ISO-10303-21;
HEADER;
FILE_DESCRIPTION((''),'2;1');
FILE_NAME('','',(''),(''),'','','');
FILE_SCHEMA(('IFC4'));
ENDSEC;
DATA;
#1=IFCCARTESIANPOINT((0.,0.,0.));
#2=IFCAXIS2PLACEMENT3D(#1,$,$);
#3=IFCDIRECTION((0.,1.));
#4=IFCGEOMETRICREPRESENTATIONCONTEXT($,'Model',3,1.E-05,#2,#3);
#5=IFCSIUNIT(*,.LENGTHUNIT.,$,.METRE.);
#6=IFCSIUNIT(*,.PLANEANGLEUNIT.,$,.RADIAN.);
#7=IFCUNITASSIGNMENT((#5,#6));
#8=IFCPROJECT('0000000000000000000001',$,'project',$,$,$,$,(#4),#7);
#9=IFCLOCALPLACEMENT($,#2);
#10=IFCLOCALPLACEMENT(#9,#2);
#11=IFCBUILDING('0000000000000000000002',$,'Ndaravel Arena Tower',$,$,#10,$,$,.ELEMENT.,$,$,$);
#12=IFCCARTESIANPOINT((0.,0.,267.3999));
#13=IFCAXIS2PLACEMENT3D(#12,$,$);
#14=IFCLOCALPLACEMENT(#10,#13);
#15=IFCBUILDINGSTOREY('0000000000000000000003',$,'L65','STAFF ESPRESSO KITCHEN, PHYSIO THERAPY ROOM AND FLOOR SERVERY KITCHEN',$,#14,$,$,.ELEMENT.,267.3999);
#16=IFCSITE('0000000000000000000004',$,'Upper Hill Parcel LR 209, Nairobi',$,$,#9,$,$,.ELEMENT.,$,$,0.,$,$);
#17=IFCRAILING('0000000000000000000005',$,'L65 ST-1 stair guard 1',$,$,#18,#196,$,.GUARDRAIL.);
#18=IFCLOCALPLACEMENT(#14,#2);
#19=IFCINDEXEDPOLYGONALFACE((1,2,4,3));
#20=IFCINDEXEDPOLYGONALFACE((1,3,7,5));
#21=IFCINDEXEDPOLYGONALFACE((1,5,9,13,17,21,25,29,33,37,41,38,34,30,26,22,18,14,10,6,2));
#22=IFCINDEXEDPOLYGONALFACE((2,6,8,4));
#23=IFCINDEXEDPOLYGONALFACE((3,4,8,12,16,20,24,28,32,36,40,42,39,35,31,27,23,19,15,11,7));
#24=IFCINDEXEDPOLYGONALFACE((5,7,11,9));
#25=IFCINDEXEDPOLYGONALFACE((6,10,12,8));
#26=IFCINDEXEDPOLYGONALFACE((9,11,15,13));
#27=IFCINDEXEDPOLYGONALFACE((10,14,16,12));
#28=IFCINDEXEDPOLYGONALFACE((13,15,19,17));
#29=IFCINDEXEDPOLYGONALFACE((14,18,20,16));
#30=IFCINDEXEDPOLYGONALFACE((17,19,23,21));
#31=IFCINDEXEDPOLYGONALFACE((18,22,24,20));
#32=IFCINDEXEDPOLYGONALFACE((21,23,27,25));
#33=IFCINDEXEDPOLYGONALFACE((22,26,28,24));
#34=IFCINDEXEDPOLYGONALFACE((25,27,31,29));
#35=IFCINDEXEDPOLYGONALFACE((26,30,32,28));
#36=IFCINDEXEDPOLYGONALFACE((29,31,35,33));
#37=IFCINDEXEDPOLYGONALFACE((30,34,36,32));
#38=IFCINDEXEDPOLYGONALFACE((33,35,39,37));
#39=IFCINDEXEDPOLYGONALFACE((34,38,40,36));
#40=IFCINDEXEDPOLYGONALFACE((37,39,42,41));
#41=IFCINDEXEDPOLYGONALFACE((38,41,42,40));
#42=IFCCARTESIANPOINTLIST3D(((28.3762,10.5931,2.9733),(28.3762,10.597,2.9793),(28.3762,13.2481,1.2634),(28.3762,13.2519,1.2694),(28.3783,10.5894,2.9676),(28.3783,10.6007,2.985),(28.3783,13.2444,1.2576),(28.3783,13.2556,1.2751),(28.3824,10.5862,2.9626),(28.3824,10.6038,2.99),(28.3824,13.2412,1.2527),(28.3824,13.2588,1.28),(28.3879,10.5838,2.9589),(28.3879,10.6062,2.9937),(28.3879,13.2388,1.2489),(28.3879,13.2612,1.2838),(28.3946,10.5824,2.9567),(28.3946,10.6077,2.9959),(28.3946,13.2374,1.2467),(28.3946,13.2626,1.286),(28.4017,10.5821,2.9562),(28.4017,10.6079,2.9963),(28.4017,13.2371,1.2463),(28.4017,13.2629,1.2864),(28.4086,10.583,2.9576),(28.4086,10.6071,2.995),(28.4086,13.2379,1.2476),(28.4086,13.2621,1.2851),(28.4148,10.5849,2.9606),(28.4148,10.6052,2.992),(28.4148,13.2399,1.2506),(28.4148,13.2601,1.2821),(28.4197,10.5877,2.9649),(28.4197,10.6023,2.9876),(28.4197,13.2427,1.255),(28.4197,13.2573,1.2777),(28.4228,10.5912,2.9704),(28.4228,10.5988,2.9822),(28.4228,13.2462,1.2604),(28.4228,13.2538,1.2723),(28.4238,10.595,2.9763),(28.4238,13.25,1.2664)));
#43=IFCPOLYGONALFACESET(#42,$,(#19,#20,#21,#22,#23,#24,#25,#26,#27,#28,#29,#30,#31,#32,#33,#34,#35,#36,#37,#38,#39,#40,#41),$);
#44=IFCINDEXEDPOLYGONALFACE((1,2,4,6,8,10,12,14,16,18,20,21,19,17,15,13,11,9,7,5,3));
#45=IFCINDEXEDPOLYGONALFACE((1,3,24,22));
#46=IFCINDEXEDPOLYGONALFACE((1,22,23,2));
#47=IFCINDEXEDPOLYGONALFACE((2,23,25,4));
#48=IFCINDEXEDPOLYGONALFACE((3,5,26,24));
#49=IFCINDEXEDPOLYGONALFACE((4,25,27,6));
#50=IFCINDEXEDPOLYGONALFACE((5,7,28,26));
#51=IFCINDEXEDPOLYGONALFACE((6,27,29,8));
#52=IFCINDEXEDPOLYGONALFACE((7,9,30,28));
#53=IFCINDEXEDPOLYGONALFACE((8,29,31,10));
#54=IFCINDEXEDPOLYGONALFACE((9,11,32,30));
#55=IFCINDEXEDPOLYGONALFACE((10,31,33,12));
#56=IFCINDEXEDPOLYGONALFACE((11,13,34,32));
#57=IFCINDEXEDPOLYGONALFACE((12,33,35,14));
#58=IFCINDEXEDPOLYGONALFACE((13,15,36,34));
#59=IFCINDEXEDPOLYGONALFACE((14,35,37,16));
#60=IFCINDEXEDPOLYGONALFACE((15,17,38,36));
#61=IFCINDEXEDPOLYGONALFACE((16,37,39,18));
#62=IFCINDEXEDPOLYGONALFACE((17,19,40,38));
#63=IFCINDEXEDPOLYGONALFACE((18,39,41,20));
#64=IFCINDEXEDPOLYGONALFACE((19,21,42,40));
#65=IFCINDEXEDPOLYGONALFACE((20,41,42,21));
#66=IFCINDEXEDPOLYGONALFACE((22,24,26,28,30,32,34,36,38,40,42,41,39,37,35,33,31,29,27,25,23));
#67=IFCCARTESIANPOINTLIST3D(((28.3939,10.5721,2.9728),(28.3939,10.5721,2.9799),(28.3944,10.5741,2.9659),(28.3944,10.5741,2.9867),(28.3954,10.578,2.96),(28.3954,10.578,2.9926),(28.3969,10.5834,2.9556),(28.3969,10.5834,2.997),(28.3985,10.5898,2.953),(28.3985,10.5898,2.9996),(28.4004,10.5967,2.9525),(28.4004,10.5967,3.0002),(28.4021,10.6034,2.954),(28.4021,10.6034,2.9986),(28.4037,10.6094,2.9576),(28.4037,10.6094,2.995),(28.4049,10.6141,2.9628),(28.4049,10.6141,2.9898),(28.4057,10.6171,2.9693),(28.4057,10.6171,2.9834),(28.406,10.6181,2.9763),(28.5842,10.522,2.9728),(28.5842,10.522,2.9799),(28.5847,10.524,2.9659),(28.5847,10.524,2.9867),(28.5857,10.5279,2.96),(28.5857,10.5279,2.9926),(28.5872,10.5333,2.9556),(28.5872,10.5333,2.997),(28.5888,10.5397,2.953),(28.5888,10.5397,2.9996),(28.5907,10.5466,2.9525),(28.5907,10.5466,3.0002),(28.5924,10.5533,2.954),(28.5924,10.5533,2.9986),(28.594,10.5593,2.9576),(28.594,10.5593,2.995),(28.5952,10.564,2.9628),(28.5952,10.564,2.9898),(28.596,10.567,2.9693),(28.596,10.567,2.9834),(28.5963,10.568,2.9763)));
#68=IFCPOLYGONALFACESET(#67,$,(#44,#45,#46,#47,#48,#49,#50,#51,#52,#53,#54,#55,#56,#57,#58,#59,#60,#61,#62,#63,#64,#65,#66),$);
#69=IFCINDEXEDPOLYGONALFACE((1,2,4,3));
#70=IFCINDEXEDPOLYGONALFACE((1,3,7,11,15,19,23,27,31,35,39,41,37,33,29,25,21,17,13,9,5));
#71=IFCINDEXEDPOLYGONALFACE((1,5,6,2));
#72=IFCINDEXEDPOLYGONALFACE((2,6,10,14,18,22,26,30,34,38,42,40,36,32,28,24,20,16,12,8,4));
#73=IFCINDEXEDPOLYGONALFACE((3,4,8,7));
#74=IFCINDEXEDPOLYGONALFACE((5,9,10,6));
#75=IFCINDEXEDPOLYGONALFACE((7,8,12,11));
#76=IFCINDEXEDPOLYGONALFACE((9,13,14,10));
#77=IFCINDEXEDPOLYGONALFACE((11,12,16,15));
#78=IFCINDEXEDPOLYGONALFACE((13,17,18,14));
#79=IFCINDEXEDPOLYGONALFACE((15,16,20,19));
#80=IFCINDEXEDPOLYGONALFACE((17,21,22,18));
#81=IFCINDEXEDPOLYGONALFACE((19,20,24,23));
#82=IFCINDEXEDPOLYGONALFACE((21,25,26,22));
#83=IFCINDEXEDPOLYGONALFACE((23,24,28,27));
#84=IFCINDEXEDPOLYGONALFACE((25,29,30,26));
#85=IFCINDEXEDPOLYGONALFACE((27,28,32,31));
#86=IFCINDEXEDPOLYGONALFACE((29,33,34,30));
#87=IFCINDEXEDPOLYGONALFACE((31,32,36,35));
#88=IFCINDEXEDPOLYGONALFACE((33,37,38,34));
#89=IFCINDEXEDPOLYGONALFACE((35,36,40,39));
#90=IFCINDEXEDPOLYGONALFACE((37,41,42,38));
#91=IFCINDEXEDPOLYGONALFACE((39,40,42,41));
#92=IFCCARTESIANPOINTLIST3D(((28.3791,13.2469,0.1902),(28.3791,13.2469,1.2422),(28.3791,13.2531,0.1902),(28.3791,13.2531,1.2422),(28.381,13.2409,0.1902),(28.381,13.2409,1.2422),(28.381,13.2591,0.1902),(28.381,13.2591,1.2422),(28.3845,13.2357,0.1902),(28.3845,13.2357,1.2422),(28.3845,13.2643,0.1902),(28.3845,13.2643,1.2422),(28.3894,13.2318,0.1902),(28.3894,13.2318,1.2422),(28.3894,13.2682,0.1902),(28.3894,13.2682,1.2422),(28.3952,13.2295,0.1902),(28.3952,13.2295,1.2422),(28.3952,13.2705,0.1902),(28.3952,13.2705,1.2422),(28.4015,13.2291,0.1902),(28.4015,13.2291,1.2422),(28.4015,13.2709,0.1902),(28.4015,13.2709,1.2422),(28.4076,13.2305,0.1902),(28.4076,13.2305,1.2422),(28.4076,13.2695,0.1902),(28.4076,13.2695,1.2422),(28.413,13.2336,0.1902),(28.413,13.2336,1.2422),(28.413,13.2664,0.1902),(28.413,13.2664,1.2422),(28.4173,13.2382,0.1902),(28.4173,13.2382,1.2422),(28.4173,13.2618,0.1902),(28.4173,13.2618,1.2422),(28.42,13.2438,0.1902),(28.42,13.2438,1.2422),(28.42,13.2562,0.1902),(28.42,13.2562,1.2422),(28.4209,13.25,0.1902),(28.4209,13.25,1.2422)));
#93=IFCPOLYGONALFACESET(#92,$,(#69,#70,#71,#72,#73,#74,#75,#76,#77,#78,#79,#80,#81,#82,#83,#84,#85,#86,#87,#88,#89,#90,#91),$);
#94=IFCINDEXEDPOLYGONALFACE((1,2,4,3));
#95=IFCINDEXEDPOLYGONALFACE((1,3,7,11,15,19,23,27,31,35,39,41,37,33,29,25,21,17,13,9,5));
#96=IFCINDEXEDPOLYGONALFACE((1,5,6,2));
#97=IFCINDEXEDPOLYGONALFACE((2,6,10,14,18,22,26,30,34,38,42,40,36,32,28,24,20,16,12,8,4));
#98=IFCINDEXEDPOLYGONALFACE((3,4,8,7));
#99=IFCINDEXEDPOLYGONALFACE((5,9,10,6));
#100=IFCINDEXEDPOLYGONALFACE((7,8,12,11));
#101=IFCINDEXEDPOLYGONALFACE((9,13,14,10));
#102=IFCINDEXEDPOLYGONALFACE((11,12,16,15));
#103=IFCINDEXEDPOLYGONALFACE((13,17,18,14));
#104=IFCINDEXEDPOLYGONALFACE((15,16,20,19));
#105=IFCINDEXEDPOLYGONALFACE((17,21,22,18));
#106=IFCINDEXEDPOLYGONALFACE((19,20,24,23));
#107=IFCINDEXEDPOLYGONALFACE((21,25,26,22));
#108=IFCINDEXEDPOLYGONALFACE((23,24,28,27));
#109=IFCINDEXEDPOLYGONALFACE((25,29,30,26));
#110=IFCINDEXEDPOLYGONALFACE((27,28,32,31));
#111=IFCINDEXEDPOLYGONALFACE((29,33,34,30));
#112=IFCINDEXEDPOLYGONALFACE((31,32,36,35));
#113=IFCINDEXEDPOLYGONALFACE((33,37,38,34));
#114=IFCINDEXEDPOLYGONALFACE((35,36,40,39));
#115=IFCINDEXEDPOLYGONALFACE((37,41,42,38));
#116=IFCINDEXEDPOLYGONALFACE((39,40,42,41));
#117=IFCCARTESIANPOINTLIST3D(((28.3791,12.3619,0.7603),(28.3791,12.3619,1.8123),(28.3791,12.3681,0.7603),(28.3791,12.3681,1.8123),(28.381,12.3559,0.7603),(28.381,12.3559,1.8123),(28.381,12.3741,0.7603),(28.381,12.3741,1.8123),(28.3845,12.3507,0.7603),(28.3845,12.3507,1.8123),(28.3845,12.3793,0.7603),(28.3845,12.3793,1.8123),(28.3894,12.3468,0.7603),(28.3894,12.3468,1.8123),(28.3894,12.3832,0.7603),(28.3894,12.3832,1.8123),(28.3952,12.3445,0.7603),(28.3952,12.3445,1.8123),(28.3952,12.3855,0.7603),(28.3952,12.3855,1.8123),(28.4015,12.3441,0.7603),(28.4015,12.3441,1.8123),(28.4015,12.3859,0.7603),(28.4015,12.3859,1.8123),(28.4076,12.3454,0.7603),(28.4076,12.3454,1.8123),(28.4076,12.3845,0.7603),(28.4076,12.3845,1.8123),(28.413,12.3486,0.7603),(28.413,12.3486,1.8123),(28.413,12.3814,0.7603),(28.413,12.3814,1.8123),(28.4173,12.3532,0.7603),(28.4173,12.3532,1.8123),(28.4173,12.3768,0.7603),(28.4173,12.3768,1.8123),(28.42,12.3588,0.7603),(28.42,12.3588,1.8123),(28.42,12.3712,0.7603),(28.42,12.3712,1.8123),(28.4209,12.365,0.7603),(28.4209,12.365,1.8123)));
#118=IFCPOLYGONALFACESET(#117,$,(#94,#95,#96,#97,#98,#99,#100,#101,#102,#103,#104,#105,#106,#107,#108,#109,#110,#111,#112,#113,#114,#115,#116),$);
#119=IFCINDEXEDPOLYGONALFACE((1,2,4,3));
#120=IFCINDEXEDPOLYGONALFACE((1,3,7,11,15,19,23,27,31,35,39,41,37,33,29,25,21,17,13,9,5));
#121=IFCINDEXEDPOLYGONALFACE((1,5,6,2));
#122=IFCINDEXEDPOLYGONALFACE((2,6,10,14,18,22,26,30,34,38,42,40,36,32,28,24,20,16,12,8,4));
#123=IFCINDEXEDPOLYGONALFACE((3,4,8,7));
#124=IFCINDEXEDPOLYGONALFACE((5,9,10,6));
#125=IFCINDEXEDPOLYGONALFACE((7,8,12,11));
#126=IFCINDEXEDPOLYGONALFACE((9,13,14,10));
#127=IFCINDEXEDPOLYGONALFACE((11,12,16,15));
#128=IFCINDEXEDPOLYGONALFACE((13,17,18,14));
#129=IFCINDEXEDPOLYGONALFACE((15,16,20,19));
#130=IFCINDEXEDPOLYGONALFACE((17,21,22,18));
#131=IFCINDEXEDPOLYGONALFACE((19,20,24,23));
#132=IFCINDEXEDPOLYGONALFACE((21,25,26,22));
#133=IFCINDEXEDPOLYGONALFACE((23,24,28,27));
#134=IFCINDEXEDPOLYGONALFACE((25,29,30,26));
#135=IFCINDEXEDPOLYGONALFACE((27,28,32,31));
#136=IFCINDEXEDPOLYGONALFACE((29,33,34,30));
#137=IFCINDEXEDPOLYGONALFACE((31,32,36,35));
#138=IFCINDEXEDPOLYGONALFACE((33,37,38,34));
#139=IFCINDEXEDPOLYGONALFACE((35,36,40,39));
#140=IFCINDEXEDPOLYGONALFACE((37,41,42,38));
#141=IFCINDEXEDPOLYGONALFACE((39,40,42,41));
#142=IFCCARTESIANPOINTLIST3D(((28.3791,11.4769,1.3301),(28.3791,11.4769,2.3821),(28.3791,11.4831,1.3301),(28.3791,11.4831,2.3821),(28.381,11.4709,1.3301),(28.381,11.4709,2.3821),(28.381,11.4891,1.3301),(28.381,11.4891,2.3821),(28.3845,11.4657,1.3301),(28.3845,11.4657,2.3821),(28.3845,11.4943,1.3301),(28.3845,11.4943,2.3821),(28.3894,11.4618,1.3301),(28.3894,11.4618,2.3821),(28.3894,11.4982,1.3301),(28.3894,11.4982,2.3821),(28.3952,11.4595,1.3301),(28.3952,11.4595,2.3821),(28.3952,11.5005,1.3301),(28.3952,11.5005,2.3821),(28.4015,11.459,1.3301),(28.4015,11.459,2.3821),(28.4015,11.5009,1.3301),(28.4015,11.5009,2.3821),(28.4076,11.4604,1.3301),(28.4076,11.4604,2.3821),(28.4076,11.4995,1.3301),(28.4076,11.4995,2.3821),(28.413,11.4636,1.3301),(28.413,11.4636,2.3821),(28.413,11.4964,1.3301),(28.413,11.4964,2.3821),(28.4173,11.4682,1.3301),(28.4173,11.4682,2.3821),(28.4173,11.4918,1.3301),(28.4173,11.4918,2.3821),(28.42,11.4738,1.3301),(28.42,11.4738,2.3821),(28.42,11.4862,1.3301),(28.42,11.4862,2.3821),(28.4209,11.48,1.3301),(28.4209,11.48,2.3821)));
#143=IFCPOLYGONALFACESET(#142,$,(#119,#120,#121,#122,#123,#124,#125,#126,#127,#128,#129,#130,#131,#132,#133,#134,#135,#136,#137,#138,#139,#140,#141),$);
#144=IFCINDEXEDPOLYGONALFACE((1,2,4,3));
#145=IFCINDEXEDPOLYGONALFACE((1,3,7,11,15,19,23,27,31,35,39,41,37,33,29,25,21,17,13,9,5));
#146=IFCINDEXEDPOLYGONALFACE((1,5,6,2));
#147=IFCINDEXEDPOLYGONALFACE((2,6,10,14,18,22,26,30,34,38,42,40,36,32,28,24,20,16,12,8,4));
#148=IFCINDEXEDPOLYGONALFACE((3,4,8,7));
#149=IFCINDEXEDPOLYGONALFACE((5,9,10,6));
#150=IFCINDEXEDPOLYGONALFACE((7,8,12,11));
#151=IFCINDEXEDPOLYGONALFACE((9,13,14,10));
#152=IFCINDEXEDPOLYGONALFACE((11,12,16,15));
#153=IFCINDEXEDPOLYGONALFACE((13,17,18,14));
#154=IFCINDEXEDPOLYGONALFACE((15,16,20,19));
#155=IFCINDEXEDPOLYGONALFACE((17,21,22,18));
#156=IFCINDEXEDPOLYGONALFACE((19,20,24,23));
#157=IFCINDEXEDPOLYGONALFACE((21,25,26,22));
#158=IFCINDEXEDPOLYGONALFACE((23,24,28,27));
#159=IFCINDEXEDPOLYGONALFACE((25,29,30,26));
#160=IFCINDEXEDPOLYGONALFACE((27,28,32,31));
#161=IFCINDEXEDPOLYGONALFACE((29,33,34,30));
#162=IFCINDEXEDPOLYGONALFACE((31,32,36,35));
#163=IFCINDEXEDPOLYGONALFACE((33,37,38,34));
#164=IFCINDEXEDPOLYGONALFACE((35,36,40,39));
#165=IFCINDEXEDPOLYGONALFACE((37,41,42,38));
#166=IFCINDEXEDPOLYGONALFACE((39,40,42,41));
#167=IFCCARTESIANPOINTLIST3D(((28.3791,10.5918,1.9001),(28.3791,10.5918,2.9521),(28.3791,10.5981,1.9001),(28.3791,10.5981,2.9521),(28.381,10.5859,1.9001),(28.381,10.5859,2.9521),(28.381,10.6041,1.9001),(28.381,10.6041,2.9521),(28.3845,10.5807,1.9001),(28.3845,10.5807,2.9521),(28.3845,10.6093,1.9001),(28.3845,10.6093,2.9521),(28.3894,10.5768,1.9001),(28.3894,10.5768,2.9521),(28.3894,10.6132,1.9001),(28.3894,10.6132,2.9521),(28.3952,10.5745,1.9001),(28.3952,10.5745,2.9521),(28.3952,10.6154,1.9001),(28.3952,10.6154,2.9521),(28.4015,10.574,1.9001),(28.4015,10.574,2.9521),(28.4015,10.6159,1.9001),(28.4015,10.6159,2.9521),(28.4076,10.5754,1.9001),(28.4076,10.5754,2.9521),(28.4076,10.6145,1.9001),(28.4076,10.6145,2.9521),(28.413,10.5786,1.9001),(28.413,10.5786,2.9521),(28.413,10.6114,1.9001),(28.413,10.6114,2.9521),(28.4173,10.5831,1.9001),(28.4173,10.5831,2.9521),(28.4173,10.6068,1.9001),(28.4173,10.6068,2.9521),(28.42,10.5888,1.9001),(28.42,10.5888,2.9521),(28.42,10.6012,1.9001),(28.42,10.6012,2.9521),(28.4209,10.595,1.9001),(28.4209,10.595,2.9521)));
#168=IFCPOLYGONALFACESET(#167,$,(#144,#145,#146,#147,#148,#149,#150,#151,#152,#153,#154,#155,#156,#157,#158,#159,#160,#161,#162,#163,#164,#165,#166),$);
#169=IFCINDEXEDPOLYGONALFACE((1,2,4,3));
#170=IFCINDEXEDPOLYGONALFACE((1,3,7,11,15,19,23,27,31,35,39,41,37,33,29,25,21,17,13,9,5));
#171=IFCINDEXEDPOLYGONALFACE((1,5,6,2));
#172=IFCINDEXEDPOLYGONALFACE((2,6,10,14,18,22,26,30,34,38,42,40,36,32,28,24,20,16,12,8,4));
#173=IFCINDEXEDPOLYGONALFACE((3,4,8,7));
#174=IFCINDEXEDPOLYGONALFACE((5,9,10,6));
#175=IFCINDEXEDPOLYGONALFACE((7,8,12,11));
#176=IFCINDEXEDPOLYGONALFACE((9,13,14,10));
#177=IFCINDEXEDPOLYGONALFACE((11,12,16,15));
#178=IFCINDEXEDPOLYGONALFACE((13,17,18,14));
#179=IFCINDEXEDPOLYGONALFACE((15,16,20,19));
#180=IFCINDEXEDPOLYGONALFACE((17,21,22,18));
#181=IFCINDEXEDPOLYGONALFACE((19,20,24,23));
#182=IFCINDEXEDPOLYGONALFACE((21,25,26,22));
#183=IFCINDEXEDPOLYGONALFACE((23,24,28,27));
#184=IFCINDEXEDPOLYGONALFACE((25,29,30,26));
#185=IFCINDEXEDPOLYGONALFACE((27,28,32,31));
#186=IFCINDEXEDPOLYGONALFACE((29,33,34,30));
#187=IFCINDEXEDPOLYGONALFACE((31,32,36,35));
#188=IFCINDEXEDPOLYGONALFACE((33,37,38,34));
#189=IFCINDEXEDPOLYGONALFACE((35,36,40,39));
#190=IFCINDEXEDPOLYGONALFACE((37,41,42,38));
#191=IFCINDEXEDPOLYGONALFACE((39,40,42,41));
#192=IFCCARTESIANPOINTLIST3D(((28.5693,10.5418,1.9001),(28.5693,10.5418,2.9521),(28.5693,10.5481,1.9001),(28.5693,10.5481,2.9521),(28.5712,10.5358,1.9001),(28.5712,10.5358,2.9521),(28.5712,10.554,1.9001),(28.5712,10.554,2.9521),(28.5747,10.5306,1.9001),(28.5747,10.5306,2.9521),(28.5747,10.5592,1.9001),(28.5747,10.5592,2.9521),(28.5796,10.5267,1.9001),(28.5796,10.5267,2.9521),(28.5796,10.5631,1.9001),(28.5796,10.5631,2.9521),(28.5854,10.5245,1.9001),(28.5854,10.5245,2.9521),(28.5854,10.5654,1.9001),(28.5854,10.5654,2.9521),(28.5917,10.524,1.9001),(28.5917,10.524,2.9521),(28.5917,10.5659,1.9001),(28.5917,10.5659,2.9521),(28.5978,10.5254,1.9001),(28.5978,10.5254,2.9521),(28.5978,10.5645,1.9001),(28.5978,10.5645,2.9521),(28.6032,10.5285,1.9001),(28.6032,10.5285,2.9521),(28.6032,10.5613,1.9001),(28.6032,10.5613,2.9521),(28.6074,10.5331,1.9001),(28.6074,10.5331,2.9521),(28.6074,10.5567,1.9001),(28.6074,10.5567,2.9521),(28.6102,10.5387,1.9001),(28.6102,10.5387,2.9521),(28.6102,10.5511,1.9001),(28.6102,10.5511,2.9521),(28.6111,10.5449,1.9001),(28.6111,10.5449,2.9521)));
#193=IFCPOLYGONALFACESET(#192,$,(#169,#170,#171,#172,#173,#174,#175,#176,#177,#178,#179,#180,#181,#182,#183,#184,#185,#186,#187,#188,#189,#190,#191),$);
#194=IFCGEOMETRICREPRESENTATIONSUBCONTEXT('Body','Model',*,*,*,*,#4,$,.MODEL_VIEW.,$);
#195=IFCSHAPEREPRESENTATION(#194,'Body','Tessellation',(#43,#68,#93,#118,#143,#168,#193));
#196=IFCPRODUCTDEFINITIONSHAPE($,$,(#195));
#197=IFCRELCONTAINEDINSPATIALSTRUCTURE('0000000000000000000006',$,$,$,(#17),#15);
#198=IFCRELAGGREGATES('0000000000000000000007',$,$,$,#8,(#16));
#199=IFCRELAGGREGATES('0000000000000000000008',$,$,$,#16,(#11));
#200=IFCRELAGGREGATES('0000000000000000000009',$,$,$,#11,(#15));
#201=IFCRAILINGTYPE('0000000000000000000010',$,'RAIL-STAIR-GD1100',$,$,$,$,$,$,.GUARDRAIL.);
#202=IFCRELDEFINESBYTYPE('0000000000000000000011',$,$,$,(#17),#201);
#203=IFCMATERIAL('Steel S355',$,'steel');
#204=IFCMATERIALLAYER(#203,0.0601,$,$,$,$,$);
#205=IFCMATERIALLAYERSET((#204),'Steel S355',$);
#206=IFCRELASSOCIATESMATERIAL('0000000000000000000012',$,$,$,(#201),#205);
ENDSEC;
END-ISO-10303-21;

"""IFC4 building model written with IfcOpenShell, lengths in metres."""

from ifc_helpers import new_model, si_unit, direction, frame, origin, origin_2d, place, context, subcontext, project, spatial, circle, extrude, material, layer, layer_set, type_object, element, save


model = new_model("IFC4")

# Units and contexts
model_context = context("Model", 3, precision=1e-05, world=origin(), true_north=direction((0.0, 1.0)))
body_context = subcontext(model_context, "Body", "Model", "MODEL_VIEW")
ifc_project = project(units=[si_unit("LENGTHUNIT", "METRE"), si_unit("PLANEANGLEUNIT", "RADIAN")], contexts=[model_context])

# Site, building, storey
site_placement = place(None, origin())
site = spatial("IfcSite", under=ifc_project, at=site_placement, Name="Upper Hill Parcel LR 209, Nairobi", CompositionType="ELEMENT", RefElevation=0.0)
building_placement = place(site_placement, origin())
building = spatial("IfcBuilding", under=site, at=building_placement, Name="Ndaravel Arena Tower", CompositionType="ELEMENT")
storey_placement = place(building_placement, frame((0.0, 0.0, 267.3999)))
storey = spatial("IfcBuildingStorey", under=building, at=storey_placement, Name="L65", Description="STAFF ESPRESSO KITCHEN, PHYSIO THERAPY ROOM AND FLOOR SERVERY KITCHEN", CompositionType="ELEMENT", Elevation=267.3999)

# Railing
ifc_material_1 = material(Name="Steel S355", Category="steel")
ifc_layer_1 = layer(ifc_material_1, 0.0601)
ifc_layer_set_1 = layer_set([ifc_layer_1], Name="Steel S355")
railing_type_1 = type_object("IfcRailingType", Name="RAIL-STAIR-GD1100", PredefinedType="GUARDRAIL", material=ifc_layer_set_1)
railing_1_placement = place(storey_placement, frame((28.3999, 13.25, 0.1902)))
element("IfcRailing", 1, at=railing_1_placement, inside=storey, type_object=railing_type_1, Name="L65 ST-1 stair guard 1", PredefinedType="GUARDRAIL", context=body_context, shape_type="SweptSolid", body=[
    extrude(circle(Radius=0.0239, at=origin_2d()), frame((0.0, 0.0, 1.0762), z_axis=(0.0, -0.840724, 0.541465), x_axis=(1.0, 0.0, 0.0)), (0.0, 0.0, 1.0), 3.158),
    extrude(circle(Radius=0.0239, at=origin_2d()), frame((0.0, -2.655, 2.7861), z_axis=(0.967075, -0.254493, 0.0), x_axis=(0.254493, 0.967075, 0.0)), (0.0, 0.0, 1.0), 0.1968),
    extrude(circle(Radius=0.021, at=origin_2d()), origin(), (0.0, 0.0, 1.0), 1.052),
    extrude(circle(Radius=0.021, at=origin_2d()), frame((0.0, -0.885, 0.5701)), (0.0, 0.0, 1.0), 1.052),
    extrude(circle(Radius=0.021, at=origin_2d()), frame((0.0, -1.77, 1.1399)), (0.0, 0.0, 1.0), 1.052),
    extrude(circle(Radius=0.021, at=origin_2d()), frame((0.0, -2.655, 1.71)), (0.0, 0.0, 1.0), 1.052),
    extrude(circle(Radius=0.021, at=origin_2d()), frame((0.1902, -2.7051, 1.71)), (0.0, 0.0, 1.0), 1.052),
])

save(model, "model.ifc")
